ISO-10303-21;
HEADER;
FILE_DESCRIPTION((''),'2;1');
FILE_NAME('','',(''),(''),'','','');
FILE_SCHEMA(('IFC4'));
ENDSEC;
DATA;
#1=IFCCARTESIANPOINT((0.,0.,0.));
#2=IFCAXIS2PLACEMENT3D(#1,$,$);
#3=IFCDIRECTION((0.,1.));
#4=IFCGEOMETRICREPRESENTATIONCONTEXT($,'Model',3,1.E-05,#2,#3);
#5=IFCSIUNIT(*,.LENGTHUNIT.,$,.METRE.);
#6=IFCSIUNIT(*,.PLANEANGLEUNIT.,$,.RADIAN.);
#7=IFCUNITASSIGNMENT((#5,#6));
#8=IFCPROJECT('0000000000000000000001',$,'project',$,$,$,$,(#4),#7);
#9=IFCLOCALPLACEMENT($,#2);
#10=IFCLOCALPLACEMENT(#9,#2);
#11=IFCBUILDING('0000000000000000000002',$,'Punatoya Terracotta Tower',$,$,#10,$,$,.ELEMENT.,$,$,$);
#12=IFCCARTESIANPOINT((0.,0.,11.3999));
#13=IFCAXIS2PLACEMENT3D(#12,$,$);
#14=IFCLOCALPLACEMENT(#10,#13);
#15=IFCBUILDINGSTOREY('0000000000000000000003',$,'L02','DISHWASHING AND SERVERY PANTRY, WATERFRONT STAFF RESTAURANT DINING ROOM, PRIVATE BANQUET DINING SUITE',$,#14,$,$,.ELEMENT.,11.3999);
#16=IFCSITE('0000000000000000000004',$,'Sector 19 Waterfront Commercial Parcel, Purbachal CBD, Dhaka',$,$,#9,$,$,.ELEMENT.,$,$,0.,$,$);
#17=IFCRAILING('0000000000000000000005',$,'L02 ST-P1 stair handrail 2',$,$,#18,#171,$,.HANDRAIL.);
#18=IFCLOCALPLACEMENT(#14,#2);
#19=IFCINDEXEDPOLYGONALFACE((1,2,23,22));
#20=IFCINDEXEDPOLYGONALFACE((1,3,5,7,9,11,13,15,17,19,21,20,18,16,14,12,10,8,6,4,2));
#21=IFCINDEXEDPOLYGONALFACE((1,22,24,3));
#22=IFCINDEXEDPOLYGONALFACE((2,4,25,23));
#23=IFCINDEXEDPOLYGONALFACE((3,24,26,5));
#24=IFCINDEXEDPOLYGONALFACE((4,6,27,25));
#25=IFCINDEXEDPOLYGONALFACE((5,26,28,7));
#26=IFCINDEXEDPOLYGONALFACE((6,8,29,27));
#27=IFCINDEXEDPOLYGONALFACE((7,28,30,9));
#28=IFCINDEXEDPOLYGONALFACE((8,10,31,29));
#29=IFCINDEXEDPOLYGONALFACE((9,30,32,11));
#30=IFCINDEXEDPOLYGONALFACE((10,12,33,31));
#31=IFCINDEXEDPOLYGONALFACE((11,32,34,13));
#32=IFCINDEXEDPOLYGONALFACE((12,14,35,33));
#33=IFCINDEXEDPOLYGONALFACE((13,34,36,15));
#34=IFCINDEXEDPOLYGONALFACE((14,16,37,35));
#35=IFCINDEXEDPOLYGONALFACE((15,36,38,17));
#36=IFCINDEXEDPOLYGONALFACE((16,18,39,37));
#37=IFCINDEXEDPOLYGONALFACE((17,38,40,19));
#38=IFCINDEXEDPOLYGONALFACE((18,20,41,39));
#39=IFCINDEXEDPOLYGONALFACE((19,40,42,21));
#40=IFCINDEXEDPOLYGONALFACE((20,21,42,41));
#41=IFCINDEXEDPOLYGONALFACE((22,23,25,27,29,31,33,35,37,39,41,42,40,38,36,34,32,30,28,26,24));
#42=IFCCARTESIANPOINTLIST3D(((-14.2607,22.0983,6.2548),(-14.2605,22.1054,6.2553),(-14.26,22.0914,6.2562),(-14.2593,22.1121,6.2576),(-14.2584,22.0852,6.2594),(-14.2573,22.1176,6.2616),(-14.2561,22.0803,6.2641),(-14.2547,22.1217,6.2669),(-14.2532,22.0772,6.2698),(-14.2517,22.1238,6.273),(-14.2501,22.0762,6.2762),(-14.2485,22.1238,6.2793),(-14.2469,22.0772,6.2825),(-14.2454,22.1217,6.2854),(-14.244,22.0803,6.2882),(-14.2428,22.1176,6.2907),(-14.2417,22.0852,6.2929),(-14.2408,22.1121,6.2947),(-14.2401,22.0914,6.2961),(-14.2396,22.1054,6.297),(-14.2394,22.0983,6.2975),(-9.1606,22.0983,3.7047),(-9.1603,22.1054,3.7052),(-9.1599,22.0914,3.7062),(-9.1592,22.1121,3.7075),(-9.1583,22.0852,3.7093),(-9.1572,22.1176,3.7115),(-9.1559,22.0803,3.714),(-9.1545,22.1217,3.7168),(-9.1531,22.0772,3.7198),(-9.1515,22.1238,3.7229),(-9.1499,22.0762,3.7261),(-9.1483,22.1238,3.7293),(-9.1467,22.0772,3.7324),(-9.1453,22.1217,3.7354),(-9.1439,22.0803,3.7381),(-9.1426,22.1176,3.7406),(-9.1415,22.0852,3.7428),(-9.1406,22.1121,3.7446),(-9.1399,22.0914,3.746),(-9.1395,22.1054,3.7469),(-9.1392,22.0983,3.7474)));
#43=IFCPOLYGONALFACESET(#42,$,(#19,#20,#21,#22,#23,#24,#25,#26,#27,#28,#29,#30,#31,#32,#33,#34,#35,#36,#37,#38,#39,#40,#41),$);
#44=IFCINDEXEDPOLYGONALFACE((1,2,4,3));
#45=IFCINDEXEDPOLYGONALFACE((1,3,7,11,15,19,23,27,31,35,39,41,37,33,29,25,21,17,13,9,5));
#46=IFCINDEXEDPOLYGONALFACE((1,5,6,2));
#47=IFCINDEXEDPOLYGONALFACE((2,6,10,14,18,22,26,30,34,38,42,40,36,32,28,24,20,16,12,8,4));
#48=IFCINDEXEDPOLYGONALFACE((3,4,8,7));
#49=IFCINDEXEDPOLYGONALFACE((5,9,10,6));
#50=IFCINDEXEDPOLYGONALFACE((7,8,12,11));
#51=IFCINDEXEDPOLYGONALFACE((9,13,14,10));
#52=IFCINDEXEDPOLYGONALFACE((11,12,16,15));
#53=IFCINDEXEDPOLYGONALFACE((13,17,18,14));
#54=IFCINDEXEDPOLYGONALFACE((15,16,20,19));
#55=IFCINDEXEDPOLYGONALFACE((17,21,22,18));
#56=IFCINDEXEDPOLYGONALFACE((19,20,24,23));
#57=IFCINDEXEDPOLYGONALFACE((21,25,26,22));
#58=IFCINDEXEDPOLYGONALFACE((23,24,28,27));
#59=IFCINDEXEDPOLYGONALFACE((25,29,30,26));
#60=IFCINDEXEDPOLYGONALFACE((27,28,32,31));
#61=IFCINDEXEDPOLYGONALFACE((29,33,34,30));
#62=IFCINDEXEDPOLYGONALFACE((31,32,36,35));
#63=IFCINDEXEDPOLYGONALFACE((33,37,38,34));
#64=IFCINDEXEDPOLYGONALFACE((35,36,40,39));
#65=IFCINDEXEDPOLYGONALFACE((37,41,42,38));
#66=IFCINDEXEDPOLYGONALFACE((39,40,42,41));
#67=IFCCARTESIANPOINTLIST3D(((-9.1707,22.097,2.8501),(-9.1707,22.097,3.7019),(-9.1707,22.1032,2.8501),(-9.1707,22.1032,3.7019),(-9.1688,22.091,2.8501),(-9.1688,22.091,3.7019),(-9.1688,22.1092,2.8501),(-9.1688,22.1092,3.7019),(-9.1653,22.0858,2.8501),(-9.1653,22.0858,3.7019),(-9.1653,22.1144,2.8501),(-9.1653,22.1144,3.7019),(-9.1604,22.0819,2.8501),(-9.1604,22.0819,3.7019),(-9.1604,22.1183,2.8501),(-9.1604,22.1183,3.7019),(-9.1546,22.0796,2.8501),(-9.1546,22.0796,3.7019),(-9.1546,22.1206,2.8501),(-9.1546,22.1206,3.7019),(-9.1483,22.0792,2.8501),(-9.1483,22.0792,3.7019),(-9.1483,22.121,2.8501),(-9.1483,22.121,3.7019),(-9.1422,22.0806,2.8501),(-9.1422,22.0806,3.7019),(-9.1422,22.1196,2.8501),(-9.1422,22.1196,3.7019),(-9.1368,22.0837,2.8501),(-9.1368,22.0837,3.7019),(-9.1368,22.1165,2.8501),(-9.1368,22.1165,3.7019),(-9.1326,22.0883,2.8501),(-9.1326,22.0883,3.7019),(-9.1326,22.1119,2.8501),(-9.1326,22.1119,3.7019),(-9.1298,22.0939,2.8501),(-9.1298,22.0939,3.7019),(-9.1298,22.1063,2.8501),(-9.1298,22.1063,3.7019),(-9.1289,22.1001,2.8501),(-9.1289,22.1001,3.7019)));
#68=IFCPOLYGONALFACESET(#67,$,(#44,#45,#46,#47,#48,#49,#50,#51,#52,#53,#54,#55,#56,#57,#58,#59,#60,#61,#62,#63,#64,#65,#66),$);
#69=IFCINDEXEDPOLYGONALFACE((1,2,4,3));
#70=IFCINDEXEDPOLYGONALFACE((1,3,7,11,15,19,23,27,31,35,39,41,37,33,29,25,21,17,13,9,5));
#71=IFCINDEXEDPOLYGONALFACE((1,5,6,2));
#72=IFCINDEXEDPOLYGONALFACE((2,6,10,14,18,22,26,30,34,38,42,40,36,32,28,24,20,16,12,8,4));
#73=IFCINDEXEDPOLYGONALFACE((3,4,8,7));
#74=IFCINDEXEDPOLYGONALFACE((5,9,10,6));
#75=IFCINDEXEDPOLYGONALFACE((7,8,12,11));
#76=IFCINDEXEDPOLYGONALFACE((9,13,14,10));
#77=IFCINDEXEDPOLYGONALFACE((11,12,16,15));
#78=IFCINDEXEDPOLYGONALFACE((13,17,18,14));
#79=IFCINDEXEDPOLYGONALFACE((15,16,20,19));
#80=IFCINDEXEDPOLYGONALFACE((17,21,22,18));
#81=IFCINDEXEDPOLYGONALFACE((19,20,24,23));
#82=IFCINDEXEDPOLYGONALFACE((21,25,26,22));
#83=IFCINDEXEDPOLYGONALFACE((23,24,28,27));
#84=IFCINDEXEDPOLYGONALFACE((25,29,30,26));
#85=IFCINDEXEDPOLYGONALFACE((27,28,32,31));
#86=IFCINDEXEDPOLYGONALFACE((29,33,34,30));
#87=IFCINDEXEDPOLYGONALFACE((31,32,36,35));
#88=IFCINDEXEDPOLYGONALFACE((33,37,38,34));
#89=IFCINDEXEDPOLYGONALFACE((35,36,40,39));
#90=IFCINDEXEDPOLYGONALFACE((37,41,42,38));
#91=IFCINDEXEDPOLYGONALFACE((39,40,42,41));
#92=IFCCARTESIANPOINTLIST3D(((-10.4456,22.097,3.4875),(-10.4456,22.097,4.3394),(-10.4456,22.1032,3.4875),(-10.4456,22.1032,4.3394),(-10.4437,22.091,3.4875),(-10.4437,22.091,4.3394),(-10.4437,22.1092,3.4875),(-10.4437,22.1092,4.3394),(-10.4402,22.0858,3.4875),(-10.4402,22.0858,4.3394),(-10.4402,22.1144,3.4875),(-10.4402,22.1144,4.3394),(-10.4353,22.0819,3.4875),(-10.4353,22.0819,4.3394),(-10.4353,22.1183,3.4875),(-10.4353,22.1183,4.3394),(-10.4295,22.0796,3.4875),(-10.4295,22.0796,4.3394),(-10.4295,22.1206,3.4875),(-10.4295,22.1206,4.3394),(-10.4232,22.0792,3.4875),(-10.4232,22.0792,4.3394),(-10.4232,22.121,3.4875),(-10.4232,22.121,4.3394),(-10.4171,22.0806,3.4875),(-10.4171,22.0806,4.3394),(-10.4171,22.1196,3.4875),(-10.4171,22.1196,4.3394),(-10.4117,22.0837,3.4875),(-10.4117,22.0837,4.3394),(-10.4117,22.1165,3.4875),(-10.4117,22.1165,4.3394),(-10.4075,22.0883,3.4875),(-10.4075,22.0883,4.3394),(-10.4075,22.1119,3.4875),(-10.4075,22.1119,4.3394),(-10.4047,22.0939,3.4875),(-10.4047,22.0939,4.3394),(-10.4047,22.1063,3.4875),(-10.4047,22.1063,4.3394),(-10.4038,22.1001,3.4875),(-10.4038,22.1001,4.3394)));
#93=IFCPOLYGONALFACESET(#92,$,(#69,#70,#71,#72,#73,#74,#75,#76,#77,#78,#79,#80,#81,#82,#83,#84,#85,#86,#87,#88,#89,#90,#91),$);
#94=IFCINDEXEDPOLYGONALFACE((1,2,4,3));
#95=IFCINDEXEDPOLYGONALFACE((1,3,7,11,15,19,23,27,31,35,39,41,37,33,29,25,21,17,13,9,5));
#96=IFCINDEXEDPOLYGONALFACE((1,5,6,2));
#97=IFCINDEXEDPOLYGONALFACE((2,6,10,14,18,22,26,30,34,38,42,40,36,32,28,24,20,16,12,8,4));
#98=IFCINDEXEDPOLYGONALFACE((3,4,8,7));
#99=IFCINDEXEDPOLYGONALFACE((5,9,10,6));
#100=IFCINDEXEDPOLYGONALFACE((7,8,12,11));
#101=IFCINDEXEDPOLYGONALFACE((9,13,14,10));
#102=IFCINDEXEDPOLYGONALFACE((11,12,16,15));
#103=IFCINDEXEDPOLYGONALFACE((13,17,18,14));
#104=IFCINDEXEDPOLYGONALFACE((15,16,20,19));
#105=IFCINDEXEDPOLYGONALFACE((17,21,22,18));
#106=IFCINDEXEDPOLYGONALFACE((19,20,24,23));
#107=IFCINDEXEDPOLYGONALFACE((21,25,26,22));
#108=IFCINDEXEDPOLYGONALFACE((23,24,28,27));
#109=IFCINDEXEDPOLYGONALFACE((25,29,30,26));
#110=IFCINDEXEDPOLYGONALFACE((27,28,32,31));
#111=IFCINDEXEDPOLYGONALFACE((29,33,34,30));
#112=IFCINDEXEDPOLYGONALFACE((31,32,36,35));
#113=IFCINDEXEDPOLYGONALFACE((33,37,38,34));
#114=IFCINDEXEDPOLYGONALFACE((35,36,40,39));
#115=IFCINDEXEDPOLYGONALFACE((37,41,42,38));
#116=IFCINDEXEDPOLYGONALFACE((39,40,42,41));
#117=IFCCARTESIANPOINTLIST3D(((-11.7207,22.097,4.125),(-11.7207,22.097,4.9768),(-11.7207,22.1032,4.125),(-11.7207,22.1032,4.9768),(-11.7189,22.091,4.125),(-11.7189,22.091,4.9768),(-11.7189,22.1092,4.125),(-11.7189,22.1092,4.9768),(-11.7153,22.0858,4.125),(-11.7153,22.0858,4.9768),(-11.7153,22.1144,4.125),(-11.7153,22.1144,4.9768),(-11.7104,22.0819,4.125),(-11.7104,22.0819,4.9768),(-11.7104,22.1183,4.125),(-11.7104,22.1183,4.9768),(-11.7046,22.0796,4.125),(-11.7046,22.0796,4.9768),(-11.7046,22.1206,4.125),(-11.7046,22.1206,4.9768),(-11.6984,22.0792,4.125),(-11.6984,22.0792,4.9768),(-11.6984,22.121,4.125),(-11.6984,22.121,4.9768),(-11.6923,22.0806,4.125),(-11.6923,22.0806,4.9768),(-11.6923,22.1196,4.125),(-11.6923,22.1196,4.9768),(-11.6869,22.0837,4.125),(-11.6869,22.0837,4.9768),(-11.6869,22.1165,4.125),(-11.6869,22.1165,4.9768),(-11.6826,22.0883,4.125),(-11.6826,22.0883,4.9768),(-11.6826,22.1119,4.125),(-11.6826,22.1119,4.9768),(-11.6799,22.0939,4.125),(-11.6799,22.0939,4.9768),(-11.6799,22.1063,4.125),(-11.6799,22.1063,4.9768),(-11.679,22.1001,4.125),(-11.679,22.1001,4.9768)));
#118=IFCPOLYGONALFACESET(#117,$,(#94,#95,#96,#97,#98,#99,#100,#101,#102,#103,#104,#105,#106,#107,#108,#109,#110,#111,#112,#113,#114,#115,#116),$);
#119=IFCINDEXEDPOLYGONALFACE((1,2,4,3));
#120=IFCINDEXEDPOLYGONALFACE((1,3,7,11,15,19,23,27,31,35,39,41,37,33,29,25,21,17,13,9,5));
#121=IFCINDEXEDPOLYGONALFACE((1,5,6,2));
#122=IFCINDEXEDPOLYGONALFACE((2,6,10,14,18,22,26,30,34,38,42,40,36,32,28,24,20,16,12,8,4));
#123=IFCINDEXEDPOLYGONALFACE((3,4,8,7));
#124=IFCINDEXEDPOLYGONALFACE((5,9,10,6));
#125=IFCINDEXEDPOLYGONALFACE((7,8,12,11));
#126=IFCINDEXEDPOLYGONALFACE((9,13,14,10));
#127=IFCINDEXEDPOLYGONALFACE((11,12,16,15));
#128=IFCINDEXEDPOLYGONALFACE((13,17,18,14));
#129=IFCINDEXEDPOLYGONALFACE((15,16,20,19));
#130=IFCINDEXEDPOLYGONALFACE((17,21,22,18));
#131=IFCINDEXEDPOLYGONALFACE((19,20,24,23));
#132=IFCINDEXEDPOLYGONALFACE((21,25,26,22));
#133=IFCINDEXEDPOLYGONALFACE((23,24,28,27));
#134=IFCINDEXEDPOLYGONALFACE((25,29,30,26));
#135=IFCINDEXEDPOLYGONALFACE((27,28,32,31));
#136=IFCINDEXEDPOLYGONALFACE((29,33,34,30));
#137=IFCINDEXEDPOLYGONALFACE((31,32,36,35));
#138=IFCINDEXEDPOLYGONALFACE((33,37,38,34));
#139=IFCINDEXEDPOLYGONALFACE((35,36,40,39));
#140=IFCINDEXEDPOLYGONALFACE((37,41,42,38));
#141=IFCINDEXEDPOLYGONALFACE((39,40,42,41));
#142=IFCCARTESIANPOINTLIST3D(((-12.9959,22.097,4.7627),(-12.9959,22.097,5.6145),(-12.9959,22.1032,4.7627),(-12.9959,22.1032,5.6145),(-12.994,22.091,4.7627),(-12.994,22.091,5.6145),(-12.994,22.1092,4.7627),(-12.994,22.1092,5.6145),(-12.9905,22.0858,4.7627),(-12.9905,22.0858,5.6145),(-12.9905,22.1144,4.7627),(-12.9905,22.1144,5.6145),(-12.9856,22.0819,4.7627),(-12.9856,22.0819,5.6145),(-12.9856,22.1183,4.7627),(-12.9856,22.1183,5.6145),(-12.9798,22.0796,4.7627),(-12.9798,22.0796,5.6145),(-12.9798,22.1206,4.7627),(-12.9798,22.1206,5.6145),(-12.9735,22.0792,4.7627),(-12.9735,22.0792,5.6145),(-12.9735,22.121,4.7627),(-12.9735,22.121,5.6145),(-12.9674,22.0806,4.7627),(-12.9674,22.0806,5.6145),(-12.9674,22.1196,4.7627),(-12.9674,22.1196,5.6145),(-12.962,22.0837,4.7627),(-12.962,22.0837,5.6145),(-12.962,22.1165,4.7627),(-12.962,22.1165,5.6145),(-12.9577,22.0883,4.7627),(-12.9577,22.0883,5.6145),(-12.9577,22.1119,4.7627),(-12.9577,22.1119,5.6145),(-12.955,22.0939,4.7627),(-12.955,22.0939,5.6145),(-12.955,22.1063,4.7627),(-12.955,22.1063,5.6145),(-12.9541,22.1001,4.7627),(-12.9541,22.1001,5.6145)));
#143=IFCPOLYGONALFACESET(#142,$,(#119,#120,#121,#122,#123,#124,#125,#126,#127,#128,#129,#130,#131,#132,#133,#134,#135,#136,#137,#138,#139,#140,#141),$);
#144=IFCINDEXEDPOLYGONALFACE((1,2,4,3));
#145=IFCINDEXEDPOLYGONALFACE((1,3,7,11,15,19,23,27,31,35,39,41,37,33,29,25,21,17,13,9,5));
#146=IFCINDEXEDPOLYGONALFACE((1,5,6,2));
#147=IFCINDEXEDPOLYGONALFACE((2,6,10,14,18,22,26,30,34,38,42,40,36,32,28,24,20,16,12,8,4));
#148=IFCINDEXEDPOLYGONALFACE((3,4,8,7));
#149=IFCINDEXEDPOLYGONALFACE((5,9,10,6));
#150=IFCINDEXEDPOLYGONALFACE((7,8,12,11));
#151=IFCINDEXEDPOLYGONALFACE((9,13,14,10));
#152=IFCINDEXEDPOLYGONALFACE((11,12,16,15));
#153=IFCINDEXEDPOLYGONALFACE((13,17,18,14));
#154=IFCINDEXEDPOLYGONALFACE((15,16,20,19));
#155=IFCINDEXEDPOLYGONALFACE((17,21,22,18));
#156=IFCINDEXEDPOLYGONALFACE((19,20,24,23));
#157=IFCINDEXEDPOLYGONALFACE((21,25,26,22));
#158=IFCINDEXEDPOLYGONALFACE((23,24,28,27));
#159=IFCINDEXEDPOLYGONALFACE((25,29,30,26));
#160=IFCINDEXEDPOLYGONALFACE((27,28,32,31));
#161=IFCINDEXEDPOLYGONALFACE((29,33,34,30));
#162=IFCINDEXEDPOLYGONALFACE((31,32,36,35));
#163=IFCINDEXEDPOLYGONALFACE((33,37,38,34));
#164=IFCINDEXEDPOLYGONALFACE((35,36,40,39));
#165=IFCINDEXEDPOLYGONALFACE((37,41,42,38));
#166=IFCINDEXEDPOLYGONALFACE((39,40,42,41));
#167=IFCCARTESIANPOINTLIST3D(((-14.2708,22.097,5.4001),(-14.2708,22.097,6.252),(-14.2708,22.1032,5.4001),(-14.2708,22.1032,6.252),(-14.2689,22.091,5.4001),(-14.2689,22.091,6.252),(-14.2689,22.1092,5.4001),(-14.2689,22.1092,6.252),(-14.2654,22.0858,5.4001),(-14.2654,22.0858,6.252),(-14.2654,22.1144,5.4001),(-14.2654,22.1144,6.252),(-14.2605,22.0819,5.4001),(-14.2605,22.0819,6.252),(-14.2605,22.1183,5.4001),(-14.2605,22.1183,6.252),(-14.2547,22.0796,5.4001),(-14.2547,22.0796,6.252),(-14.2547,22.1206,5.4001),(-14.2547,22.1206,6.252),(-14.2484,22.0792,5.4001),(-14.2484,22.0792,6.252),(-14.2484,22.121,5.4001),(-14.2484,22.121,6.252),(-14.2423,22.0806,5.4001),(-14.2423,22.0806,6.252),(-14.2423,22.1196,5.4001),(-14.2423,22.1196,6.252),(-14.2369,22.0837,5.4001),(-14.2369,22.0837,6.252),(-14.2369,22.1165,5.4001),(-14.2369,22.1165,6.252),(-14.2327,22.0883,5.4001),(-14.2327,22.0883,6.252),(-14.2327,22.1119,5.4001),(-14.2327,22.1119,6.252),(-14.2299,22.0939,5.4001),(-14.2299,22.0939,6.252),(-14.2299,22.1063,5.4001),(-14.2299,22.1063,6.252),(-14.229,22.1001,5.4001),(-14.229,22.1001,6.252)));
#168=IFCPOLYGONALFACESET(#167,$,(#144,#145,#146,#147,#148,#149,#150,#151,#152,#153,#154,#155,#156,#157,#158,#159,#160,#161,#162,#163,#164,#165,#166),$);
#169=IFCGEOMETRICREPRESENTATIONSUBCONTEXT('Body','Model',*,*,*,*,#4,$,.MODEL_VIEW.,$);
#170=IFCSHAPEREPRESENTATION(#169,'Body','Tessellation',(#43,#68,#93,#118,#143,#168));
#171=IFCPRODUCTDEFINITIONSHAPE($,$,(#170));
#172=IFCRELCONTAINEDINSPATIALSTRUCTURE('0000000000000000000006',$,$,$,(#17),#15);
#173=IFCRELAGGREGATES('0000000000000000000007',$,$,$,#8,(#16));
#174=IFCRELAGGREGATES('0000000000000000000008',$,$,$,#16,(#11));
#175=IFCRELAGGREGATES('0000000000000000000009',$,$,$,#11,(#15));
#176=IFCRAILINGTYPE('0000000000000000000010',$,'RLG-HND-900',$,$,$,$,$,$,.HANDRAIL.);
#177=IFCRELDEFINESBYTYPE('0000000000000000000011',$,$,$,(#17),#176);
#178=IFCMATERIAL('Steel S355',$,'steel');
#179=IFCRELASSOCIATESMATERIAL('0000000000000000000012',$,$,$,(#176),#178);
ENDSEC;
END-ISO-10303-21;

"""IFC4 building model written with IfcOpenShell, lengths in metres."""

from ifc_helpers import new_model, si_unit, direction, frame, origin, origin_2d, place, context, subcontext, project, spatial, circle, extrude, material, type_object, element, save


model = new_model("IFC4")

# Units and contexts
model_context = context("Model", 3, precision=1e-05, world=origin(), true_north=direction((0.0, 1.0)))
body_context = subcontext(model_context, "Body", "Model", "MODEL_VIEW")
ifc_project = project(units=[si_unit("LENGTHUNIT", "METRE"), si_unit("PLANEANGLEUNIT", "RADIAN")], contexts=[model_context])

# Site, building, storey
site_placement = place(None, origin())
site = spatial("IfcSite", under=ifc_project, at=site_placement, Name="Sector 19 Waterfront Commercial Parcel, Purbachal CBD, Dhaka", CompositionType="ELEMENT", RefElevation=0.0)
building_placement = place(site_placement, origin())
building = spatial("IfcBuilding", under=site, at=building_placement, Name="Punatoya Terracotta Tower", CompositionType="ELEMENT")
storey_placement = place(building_placement, frame((0.0, 0.0, 11.3999)))
storey = spatial("IfcBuildingStorey", under=building, at=storey_placement, Name="L02", Description="DISHWASHING AND SERVERY PANTRY, WATERFRONT STAFF RESTAURANT DINING ROOM, PRIVATE BANQUET DINING SUITE", CompositionType="ELEMENT", Elevation=11.3999)

# Shared definitions
ifc_material_1 = material(Name="Steel S355", Category="steel")

# Railing
railing_type_1 = type_object("IfcRailingType", Name="RLG-HND-900", PredefinedType="HANDRAIL", material=ifc_material_1)
railing_1_placement = place(storey_placement, frame((-9.1499, 22.1001, 2.8501)))
element("IfcRailing", 1, at=railing_1_placement, inside=storey, type_object=railing_type_1, Name="L02 ST-P1 stair handrail 2", PredefinedType="HANDRAIL", context=body_context, shape_type="SweptSolid", body=[
    extrude(circle(Radius=0.0239, at=origin_2d()), frame((0.0, 0.0, 0.876), z_axis=(-0.894427, 0.0, 0.447214), x_axis=(0.0, -1.0, 0.0)), (0.0, 0.0, 1.0), 5.7021),
    extrude(circle(Radius=0.021, at=origin_2d()), origin(), (0.0, 0.0, 1.0), 0.8518),
    extrude(circle(Radius=0.021, at=origin_2d()), frame((-1.2749, 0.0, 0.6375)), (0.0, 0.0, 1.0), 0.8518),
    extrude(circle(Radius=0.021, at=origin_2d()), frame((-2.55, 0.0, 1.2749)), (0.0, 0.0, 1.0), 0.8518),
    extrude(circle(Radius=0.021, at=origin_2d()), frame((-3.8252, 0.0, 1.9126)), (0.0, 0.0, 1.0), 0.8518),
    extrude(circle(Radius=0.021, at=origin_2d()), frame((-5.1001, 0.0, 2.55)), (0.0, 0.0, 1.0), 0.8518),
])

save(model, "model.ifc")
